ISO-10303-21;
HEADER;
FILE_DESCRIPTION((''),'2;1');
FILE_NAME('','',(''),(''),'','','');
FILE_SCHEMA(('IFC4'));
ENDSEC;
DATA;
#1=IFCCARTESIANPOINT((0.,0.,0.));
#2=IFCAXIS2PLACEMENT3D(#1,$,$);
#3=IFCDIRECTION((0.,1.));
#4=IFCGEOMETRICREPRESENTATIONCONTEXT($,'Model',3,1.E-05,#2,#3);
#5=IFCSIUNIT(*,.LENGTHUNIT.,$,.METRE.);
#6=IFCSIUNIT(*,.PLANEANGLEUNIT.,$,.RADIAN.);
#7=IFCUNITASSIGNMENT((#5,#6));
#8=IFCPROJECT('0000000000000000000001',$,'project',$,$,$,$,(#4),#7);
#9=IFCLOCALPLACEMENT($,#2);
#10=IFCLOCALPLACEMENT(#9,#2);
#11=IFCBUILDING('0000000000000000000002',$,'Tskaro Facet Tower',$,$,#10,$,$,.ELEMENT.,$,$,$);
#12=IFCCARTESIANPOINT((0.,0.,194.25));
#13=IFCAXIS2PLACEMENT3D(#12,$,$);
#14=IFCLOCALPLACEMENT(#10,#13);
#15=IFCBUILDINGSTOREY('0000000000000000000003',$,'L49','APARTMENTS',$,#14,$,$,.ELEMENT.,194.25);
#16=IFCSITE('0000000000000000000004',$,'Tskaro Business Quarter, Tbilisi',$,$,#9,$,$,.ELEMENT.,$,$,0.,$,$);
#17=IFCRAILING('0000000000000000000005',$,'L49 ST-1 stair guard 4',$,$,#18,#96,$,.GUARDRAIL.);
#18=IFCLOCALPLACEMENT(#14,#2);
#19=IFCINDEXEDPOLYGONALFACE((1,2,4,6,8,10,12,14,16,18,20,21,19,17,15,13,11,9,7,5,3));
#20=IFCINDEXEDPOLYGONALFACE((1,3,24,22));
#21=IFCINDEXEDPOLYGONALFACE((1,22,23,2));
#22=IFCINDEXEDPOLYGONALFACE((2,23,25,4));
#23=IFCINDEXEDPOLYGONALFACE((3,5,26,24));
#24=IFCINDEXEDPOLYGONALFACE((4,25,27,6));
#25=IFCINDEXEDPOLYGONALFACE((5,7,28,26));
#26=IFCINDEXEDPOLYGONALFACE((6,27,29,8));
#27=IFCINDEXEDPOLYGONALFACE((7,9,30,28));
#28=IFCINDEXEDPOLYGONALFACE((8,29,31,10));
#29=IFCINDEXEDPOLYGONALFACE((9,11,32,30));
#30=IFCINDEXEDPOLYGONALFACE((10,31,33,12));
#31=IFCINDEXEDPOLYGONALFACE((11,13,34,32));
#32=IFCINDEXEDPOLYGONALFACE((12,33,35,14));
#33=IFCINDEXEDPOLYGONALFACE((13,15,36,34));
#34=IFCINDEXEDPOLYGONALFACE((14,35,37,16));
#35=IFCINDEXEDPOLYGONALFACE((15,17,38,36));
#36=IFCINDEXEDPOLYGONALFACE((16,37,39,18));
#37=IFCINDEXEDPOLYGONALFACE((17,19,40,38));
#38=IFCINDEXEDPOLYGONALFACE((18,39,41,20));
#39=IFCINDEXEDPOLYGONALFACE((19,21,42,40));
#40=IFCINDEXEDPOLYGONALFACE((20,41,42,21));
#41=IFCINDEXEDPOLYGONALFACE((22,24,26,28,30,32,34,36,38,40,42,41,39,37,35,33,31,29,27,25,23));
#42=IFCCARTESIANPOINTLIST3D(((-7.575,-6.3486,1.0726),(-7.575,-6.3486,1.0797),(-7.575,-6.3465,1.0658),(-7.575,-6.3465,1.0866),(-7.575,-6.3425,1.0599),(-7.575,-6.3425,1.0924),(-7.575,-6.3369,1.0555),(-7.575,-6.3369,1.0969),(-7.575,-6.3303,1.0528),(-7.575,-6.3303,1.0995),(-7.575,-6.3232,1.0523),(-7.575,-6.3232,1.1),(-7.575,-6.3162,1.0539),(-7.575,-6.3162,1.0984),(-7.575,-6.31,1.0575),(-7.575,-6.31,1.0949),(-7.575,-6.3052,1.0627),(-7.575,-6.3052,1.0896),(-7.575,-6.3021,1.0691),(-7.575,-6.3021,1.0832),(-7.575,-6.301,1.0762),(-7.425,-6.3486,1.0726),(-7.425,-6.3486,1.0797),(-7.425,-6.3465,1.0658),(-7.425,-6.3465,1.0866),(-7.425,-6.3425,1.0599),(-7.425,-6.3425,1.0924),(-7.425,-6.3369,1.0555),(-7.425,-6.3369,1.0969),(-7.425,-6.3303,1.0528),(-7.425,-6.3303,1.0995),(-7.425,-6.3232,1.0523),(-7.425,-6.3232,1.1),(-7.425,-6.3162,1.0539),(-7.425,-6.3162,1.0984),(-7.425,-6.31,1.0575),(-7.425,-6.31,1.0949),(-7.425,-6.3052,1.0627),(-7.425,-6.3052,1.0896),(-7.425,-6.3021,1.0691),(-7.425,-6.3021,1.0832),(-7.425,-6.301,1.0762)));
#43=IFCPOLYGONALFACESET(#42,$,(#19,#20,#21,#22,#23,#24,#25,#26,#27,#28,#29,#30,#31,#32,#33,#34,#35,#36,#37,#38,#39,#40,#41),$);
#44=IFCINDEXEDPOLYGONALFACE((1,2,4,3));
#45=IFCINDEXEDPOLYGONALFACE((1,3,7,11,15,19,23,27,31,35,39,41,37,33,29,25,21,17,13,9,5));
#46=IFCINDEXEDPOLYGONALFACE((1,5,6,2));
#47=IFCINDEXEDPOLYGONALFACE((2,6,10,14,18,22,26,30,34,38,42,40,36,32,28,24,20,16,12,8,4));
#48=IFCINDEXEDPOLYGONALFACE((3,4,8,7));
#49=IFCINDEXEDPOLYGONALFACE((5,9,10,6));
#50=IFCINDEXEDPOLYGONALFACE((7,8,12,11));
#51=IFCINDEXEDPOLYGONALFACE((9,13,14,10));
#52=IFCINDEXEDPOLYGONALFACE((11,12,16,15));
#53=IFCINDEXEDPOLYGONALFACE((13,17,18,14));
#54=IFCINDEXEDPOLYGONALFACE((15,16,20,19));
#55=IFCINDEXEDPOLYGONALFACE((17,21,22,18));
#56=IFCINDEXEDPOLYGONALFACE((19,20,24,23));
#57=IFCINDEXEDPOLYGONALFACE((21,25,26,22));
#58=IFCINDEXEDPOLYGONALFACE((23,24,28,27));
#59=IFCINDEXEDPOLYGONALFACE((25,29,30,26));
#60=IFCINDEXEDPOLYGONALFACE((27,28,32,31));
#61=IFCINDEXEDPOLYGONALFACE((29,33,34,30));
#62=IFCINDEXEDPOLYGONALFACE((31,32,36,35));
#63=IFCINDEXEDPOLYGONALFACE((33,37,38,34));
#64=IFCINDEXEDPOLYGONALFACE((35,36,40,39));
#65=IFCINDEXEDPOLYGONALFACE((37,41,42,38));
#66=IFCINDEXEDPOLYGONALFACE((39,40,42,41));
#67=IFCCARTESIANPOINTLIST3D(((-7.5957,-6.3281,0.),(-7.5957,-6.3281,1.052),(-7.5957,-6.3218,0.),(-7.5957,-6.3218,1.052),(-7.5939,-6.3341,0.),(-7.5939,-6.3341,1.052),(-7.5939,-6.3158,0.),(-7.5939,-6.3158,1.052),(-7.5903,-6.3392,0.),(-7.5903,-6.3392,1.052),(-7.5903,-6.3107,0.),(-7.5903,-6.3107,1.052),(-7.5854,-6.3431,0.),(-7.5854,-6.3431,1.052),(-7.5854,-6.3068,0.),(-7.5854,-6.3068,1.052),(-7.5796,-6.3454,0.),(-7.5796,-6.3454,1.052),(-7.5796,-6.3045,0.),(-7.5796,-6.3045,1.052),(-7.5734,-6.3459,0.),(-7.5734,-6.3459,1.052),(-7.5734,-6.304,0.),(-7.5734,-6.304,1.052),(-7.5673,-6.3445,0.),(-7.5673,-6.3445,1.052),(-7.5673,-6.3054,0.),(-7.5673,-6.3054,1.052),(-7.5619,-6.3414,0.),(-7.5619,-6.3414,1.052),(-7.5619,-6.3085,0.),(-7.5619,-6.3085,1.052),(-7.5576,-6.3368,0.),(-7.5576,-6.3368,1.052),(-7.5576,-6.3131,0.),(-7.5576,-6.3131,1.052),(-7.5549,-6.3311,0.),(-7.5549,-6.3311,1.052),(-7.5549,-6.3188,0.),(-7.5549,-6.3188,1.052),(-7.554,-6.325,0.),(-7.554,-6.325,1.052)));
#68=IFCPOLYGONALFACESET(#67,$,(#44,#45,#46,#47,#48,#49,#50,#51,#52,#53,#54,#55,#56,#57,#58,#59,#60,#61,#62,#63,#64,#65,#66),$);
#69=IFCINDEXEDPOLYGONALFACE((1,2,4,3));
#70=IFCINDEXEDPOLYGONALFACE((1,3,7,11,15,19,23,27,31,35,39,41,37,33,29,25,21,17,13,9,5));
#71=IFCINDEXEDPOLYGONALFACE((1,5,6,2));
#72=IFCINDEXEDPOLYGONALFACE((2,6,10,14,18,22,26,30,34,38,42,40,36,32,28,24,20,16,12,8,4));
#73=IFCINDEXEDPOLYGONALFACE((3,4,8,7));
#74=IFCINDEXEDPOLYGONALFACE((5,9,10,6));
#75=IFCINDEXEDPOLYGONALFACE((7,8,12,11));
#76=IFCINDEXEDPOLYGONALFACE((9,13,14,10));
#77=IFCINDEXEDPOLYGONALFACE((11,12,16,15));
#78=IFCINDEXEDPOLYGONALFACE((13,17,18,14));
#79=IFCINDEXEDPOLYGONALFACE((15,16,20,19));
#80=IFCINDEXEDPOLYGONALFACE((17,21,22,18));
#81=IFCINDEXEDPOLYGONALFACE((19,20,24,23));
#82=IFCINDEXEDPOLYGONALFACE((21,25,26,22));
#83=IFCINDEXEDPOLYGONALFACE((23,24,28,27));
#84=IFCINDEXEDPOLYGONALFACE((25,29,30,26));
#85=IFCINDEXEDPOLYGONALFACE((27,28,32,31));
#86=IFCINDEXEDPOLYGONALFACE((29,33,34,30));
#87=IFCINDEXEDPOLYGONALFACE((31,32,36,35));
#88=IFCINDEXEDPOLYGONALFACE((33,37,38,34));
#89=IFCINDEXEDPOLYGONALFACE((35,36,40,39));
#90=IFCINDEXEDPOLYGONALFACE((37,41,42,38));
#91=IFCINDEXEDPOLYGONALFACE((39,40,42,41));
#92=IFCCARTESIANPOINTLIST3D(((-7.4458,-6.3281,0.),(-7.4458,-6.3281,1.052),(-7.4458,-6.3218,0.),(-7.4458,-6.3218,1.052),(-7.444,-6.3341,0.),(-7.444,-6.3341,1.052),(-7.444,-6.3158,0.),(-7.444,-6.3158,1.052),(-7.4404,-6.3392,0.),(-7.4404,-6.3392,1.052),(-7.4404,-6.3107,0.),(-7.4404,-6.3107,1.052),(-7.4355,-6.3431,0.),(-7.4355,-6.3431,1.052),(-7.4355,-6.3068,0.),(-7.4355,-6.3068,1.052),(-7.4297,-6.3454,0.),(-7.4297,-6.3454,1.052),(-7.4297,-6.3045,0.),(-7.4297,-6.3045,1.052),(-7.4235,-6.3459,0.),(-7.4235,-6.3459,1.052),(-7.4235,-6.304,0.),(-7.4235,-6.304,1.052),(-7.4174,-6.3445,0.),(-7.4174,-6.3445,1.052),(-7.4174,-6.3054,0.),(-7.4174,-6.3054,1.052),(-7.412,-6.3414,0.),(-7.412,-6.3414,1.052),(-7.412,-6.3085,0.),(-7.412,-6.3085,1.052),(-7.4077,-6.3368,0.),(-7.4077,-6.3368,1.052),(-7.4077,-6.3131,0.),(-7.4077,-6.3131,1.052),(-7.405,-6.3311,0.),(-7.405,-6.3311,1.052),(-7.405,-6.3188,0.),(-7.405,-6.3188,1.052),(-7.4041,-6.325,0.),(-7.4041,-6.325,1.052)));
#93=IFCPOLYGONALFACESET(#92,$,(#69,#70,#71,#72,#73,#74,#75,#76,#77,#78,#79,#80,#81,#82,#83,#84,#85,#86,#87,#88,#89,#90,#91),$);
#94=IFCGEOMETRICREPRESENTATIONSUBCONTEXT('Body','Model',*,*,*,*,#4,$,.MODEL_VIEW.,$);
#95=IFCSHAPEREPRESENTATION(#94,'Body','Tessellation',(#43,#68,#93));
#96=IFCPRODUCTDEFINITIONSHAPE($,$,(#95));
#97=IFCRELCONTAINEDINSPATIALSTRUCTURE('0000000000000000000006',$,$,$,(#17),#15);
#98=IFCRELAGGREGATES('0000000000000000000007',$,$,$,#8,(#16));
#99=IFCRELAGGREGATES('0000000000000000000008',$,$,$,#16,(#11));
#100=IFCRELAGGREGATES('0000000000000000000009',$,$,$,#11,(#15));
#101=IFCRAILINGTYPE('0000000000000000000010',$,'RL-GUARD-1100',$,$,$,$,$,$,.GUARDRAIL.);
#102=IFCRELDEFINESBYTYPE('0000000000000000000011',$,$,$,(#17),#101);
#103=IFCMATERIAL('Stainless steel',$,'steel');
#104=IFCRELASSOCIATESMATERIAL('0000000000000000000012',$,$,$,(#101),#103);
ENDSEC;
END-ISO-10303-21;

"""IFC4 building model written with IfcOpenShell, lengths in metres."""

from ifc_helpers import new_model, si_unit, direction, frame, origin, origin_2d, place, context, subcontext, project, spatial, circle, extrude, material, type_object, element, save


model = new_model("IFC4")

# Units and contexts
model_context = context("Model", 3, precision=1e-05, world=origin(), true_north=direction((0.0, 1.0)))
body_context = subcontext(model_context, "Body", "Model", "MODEL_VIEW")
ifc_project = project(units=[si_unit("LENGTHUNIT", "METRE"), si_unit("PLANEANGLEUNIT", "RADIAN")], contexts=[model_context])

# Site, building, storey
site_placement = place(None, origin())
site = spatial("IfcSite", under=ifc_project, at=site_placement, Name="Tskaro Business Quarter, Tbilisi", CompositionType="ELEMENT", RefElevation=0.0)
building_placement = place(site_placement, origin())
building = spatial("IfcBuilding", under=site, at=building_placement, Name="Tskaro Facet Tower", CompositionType="ELEMENT")
storey_placement = place(building_placement, frame((0.0, 0.0, 194.25)))
storey = spatial("IfcBuildingStorey", under=building, at=storey_placement, Name="L49", Description="APARTMENTS", CompositionType="ELEMENT", Elevation=194.25)

# Shared definitions
ifc_material_1 = material(Name="Stainless steel", Category="steel")

# Railing
railing_type_1 = type_object("IfcRailingType", Name="RL-GUARD-1100", PredefinedType="GUARDRAIL", material=ifc_material_1)
railing_1_placement = place(storey_placement, frame((-7.575, -6.325, 0.0)))
element("IfcRailing", 1, at=railing_1_placement, inside=storey, type_object=railing_type_1, Name="L49 ST-1 stair guard 4", PredefinedType="GUARDRAIL", context=body_context, shape_type="SweptSolid", body=[
    extrude(circle(Radius=0.0239, at=origin_2d()), frame((0.0, 0.0, 1.0762), z_axis=(1.0, 0.0, 0.0), x_axis=(0.0, 1.0, 0.0)), (0.0, 0.0, 1.0), 0.1499),
    extrude(circle(Radius=0.021, at=origin_2d()), origin(), (0.0, 0.0, 1.0), 1.052),
    extrude(circle(Radius=0.021, at=origin_2d()), frame((0.1499, 0.0, 0.0)), (0.0, 0.0, 1.0), 1.052),
])

save(model, "model.ifc")
